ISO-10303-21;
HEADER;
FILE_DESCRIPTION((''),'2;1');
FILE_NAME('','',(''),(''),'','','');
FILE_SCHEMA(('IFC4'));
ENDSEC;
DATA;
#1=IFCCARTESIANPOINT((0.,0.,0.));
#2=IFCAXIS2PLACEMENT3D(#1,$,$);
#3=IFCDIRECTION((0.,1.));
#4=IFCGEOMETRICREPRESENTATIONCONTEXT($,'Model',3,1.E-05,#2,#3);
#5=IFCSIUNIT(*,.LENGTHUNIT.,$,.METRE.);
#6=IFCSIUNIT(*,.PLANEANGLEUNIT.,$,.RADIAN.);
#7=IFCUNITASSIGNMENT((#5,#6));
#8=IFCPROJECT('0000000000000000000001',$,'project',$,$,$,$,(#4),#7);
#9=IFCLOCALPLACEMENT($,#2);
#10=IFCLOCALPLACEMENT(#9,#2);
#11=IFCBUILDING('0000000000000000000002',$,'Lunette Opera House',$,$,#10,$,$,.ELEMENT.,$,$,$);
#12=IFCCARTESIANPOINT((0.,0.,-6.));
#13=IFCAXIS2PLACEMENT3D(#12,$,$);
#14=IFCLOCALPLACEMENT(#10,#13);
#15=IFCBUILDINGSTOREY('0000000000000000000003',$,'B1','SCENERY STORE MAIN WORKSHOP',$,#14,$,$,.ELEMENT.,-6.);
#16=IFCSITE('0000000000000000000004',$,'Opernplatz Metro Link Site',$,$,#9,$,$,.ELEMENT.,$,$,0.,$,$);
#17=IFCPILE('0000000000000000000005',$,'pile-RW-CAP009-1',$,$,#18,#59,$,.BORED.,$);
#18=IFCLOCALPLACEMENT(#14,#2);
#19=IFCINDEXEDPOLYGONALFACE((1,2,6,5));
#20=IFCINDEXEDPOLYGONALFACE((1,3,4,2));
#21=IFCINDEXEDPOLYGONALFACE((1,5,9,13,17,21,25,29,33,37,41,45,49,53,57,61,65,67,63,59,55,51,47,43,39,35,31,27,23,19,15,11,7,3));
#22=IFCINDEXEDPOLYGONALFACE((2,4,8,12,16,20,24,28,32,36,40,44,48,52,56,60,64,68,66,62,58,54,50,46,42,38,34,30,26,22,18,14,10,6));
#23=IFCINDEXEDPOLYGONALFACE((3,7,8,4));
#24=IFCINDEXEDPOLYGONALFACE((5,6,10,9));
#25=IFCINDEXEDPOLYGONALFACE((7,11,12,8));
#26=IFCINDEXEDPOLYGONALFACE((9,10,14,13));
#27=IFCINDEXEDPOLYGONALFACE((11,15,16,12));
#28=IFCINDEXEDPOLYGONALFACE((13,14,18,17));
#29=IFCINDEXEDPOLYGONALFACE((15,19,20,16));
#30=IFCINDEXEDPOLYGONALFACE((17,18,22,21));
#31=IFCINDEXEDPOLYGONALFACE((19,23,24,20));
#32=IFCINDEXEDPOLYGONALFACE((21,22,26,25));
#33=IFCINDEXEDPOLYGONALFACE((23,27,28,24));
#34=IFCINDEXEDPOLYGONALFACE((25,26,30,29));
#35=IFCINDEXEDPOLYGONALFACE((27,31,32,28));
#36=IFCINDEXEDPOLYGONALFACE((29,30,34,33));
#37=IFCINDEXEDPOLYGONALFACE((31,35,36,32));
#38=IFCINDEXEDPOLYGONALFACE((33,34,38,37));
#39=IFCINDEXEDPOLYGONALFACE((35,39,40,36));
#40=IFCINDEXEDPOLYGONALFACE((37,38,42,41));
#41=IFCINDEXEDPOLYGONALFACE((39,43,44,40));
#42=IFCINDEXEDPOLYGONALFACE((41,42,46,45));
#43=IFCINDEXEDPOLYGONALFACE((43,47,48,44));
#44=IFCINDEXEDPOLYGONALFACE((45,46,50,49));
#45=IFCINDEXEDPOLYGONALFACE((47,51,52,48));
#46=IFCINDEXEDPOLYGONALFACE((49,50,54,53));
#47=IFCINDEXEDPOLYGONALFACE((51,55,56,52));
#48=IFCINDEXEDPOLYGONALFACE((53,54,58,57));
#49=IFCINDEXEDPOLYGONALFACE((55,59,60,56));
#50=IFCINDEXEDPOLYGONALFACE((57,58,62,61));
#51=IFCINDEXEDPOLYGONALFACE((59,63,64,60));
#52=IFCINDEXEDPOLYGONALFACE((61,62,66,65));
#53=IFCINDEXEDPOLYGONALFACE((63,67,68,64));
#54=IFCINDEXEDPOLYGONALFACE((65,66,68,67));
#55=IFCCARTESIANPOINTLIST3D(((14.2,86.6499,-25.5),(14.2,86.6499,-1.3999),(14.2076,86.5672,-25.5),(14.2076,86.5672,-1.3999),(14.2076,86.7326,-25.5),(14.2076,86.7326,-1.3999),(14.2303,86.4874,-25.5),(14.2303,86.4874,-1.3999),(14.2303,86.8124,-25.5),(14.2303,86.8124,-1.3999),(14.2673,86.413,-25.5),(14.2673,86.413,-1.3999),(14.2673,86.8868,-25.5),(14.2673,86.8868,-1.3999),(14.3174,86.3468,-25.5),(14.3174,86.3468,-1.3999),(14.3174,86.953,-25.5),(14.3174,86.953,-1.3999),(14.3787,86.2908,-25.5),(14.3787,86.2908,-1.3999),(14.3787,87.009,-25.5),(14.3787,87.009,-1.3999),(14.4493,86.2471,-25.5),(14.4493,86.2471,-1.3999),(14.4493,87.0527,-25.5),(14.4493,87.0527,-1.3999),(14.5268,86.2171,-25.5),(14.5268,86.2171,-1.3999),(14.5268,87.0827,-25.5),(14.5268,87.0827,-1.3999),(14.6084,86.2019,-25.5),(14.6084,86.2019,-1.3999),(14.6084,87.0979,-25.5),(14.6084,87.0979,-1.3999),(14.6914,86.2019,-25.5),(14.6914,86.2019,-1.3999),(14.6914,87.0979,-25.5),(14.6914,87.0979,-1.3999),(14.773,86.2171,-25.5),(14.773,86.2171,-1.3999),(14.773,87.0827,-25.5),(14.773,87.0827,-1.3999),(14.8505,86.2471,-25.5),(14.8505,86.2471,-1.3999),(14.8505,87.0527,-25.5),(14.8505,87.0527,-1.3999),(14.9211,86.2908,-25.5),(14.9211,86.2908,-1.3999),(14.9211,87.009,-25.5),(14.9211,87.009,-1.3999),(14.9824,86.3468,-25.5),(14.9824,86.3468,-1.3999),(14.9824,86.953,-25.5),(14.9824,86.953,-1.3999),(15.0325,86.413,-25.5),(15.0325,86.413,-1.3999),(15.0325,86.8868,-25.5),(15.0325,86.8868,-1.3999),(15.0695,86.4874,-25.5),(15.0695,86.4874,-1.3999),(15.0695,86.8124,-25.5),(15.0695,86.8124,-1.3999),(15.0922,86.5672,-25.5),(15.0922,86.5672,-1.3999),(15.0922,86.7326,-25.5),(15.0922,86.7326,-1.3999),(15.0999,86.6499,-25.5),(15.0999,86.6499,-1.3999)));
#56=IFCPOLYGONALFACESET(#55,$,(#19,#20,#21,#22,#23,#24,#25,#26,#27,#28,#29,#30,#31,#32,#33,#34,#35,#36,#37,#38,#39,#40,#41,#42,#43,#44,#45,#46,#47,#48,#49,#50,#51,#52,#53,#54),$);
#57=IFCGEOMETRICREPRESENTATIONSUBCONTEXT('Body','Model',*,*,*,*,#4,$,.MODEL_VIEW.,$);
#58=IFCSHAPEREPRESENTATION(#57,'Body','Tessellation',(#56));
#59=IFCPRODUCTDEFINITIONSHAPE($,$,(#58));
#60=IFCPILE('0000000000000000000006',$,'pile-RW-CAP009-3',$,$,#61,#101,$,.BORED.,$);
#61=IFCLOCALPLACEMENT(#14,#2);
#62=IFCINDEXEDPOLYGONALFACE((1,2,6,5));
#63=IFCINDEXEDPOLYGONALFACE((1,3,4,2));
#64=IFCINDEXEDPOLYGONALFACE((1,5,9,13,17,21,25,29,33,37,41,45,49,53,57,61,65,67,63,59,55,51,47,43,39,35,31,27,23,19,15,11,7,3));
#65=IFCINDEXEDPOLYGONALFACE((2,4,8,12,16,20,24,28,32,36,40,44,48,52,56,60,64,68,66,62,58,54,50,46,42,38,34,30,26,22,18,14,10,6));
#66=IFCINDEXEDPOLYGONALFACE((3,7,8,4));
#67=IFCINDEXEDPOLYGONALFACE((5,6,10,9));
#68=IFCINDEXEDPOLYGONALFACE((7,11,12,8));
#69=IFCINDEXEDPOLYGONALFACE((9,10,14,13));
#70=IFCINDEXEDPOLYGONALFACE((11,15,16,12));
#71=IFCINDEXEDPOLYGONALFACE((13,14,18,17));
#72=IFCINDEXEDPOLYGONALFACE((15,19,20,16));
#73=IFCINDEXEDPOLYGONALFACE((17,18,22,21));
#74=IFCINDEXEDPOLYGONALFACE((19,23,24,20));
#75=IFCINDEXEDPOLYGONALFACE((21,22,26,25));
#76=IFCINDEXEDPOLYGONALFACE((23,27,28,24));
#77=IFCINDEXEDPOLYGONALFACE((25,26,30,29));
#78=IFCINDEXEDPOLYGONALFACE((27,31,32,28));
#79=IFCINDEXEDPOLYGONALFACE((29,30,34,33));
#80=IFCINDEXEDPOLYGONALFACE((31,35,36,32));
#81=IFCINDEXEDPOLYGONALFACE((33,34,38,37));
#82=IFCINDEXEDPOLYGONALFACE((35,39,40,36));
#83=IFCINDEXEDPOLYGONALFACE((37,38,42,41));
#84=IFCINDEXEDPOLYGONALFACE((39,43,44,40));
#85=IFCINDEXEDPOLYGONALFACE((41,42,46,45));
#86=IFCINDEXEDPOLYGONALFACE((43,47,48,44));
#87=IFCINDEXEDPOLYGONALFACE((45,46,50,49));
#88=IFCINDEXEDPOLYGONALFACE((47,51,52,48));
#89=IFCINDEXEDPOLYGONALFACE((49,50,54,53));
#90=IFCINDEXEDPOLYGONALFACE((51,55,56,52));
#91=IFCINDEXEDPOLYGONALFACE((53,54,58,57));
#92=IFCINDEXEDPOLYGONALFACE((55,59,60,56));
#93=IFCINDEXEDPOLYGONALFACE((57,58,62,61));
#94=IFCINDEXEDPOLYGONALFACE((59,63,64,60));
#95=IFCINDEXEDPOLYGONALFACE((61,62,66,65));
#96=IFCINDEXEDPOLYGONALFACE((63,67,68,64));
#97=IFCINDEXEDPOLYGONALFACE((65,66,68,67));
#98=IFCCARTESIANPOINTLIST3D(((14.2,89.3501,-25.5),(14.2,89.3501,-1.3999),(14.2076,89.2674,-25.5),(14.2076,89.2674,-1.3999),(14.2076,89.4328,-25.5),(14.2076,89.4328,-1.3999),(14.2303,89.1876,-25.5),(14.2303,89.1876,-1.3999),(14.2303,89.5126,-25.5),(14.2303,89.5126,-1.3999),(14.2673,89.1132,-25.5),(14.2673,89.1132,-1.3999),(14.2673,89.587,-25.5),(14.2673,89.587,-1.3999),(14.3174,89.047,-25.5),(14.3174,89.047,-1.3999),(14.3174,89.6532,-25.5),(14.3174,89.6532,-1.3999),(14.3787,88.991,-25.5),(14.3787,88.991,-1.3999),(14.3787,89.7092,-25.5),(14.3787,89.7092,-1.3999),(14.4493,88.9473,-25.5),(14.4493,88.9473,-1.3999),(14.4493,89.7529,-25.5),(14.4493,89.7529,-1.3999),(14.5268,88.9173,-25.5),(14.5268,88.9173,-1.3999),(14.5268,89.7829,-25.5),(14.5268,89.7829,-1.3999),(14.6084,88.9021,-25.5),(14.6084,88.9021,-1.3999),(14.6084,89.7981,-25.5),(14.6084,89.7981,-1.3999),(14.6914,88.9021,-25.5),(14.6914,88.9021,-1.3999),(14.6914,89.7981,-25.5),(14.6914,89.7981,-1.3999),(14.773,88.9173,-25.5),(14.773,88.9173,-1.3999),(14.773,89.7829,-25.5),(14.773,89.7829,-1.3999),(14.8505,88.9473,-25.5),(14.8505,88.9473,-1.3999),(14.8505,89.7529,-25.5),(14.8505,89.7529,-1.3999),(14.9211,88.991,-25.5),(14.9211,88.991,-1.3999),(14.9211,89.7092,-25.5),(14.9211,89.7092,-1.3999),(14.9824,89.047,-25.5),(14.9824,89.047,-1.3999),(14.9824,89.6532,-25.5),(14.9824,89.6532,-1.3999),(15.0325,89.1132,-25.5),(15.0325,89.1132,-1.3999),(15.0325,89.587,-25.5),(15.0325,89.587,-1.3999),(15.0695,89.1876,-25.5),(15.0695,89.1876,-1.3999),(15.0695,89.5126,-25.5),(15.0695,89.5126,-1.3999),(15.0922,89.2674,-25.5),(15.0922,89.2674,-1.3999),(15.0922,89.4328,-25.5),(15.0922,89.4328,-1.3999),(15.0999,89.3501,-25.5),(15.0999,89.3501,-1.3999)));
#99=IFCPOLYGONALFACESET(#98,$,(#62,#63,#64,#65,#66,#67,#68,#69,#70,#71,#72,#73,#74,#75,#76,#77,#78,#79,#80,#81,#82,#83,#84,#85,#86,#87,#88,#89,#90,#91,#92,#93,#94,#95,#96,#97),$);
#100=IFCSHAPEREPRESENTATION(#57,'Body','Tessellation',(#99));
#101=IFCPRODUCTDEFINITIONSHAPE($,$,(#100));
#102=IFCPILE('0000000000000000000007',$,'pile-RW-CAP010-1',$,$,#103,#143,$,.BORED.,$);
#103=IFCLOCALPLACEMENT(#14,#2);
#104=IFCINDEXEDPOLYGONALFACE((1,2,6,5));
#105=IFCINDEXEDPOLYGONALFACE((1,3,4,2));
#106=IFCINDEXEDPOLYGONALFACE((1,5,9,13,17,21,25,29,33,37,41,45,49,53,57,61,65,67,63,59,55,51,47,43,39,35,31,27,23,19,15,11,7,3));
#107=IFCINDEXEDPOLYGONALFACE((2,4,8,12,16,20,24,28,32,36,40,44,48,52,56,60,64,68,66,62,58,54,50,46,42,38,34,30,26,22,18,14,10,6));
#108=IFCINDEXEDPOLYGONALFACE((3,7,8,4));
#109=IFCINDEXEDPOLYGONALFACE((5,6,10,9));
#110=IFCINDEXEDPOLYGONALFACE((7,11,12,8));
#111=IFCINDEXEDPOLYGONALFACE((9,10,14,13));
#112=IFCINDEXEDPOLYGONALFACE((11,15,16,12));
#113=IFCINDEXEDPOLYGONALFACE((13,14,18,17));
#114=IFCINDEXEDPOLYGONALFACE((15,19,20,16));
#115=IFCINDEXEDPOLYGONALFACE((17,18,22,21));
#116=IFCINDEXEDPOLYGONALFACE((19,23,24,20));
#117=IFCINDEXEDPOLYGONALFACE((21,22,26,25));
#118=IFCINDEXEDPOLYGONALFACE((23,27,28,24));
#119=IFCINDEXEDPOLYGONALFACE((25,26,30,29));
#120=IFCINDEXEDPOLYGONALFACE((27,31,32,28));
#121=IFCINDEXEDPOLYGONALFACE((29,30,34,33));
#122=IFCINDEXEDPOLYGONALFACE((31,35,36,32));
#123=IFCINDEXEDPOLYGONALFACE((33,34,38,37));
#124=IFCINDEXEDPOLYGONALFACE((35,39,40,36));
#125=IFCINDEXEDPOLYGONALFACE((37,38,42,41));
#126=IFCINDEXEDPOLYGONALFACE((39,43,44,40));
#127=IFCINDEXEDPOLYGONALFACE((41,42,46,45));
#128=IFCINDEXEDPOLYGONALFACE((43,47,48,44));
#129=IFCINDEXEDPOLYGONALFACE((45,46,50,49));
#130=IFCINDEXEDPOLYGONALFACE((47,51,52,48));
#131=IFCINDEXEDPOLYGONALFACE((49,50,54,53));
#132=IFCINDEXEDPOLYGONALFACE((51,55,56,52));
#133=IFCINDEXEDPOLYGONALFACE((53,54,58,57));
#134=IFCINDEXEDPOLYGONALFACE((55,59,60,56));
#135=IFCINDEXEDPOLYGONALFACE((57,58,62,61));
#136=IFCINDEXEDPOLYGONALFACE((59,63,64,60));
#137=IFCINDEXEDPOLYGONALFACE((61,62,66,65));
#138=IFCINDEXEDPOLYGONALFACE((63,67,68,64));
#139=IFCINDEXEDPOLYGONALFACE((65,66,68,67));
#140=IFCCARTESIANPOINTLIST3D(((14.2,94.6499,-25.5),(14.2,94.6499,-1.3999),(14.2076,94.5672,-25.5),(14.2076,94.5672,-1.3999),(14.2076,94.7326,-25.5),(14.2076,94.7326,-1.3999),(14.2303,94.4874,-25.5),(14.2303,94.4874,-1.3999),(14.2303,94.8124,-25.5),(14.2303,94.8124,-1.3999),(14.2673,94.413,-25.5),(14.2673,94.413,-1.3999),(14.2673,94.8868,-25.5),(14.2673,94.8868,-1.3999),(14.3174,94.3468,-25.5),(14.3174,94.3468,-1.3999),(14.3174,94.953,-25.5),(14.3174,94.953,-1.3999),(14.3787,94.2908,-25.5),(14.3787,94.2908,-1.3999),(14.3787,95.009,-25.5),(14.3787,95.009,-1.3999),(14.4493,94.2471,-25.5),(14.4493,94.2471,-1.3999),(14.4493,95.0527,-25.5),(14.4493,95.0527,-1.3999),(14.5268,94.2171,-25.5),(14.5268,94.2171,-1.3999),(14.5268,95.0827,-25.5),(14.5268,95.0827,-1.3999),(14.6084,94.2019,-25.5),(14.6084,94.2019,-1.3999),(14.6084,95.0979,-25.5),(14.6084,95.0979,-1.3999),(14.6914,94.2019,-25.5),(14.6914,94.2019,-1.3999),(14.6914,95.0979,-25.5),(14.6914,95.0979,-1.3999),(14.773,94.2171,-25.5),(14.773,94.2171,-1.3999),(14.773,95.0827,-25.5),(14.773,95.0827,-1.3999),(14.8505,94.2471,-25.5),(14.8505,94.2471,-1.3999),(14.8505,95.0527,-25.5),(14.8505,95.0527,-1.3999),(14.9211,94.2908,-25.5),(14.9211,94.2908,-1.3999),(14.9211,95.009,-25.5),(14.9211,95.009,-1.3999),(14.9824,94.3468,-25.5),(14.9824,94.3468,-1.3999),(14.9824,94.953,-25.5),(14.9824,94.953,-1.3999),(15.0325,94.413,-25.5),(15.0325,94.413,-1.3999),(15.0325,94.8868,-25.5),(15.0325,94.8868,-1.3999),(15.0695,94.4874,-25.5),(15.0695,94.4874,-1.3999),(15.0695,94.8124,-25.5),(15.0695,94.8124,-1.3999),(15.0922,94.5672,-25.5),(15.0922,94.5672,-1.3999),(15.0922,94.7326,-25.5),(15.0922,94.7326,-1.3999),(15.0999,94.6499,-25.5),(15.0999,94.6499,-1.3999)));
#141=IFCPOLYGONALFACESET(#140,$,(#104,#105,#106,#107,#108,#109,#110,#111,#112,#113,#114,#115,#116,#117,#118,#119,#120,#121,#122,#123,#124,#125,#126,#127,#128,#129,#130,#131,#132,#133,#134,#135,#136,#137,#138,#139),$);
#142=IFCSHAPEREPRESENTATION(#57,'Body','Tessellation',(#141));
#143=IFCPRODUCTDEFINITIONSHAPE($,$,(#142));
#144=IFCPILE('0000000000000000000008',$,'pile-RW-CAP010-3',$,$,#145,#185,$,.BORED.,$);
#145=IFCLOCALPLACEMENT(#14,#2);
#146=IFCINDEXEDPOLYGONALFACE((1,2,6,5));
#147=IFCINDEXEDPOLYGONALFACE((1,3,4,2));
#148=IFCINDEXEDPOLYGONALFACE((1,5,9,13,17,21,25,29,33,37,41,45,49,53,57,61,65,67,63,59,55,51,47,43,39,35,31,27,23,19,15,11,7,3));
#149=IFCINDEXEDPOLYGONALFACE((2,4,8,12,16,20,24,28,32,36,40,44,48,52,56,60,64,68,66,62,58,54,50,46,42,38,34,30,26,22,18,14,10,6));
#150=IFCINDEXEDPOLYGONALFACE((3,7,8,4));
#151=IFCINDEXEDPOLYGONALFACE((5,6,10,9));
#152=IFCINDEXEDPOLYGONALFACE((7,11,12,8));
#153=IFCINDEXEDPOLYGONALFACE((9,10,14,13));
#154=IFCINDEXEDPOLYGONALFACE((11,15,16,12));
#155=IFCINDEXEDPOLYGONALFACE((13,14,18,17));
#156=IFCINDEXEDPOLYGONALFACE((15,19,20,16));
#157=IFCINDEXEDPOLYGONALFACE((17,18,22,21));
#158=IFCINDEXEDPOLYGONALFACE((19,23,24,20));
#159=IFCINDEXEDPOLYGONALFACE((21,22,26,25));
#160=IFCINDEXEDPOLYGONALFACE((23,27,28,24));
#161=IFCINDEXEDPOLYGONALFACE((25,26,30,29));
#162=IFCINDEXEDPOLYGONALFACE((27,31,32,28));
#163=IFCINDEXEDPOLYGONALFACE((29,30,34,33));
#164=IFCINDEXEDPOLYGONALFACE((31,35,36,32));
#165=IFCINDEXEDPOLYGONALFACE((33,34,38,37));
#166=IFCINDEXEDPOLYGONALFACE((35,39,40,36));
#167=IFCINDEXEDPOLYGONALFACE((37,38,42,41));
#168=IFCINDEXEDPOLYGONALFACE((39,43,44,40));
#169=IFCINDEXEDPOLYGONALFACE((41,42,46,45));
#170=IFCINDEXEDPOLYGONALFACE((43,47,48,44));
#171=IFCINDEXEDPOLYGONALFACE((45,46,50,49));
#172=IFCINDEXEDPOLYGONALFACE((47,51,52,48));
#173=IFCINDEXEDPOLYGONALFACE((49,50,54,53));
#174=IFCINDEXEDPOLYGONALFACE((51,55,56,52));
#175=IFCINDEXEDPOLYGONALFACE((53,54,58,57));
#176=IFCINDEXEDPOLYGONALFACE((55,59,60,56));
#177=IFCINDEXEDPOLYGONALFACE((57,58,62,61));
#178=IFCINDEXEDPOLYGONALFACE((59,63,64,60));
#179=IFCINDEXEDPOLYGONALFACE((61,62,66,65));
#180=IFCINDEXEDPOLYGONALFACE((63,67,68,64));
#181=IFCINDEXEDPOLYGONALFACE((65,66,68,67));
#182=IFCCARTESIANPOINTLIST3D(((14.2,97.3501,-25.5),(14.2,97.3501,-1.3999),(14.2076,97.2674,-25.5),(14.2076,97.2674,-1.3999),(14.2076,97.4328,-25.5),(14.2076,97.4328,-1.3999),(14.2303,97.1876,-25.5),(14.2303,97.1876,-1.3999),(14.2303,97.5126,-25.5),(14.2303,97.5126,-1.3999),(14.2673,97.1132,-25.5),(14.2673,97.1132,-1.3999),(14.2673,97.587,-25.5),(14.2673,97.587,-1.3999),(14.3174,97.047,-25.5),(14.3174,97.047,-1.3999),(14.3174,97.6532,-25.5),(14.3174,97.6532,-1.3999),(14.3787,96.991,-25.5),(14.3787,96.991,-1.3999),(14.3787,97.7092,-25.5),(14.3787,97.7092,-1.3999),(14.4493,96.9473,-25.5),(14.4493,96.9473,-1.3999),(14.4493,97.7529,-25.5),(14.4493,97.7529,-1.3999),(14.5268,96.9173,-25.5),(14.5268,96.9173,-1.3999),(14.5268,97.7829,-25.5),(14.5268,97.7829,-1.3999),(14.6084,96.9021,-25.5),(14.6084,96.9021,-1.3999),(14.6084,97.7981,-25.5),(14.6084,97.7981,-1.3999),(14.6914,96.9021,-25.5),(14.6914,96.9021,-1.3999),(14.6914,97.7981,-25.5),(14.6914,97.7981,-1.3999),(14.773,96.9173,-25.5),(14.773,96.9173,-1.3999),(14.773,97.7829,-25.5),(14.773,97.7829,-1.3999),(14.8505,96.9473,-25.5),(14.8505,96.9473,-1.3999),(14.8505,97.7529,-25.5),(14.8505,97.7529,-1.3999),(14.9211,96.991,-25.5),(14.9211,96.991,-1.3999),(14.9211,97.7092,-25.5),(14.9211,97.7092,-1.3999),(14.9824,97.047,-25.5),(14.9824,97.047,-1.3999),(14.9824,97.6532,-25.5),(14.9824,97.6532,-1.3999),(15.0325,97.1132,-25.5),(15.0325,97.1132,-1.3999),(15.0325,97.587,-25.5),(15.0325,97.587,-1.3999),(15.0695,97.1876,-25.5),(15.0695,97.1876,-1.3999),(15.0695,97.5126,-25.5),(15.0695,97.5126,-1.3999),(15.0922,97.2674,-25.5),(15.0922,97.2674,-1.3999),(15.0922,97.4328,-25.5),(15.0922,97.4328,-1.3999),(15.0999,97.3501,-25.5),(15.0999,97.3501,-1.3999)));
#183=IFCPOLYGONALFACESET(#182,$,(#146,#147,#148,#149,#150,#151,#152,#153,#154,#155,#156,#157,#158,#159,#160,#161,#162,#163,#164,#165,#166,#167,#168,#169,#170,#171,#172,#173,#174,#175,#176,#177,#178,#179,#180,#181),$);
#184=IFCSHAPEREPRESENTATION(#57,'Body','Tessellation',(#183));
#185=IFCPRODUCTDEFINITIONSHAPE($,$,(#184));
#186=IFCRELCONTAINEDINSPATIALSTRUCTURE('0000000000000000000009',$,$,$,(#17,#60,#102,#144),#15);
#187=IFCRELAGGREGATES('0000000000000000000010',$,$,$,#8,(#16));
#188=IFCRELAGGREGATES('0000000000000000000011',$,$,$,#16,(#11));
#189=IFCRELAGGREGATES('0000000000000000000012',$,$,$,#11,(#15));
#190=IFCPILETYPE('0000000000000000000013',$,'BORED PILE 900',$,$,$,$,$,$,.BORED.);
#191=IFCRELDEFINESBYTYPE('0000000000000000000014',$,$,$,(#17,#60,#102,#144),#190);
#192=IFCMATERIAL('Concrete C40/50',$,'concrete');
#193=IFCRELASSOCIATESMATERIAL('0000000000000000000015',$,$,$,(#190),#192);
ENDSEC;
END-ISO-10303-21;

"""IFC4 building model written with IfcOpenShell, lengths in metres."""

from ifc_helpers import new_model, si_unit, direction, frame, origin, origin_2d, place, context, subcontext, project, spatial, circle, extrude, material, material_profile, profile_set, type_object, element, save


model = new_model("IFC4")

# Units and contexts
model_context = context("Model", 3, precision=1e-05, world=origin(), true_north=direction((0.0, 1.0)))
body_context = subcontext(model_context, "Body", "Model", "MODEL_VIEW")
ifc_project = project(units=[si_unit("LENGTHUNIT", "METRE"), si_unit("PLANEANGLEUNIT", "RADIAN")], contexts=[model_context])

# Site, building, storey
site_placement = place(None, origin())
site = spatial("IfcSite", under=ifc_project, at=site_placement, Name="Opernplatz Metro Link Site", CompositionType="ELEMENT", RefElevation=0.0)
building_placement = place(site_placement, origin())
building = spatial("IfcBuilding", under=site, at=building_placement, Name="Lunette Opera House", CompositionType="ELEMENT")
storey_placement = place(building_placement, frame((0.0, 0.0, -6.0)))
storey = spatial("IfcBuildingStorey", under=building, at=storey_placement, Name="B1", Description="SCENERY STORE MAIN WORKSHOP", CompositionType="ELEMENT", Elevation=-6.0)

# Piles
ifc_material_1 = material(Name="Concrete C40/50", Category="concrete")
ifc_material_profile_1 = material_profile(ifc_material_1, circle(Radius=0.45, at=origin_2d()), Name="BORED PILE 900")
ifc_profile_set_1 = profile_set([ifc_material_profile_1], Name="Concrete C40/50")
pile_type = type_object("IfcPileType", Name="BORED PILE 900", PredefinedType="BORED", material=ifc_profile_set_1)
for number, where, z_axis, x_axis, name in (
    (1, (14.6499, 86.6499, -1.3999), (0.0, 0.0, -1.0), (1.0, 0.0, 0.0), "pile-RW-CAP009-1"),
    (2, (14.6499, 89.3501, -1.3999), (0.0, 0.0, -1.0), (1.0, 0.0, 0.0), "pile-RW-CAP009-3"),
    (3, (14.6499, 94.6499, -1.3999), (0.0, 0.0, -1.0), (1.0, 0.0, 0.0), "pile-RW-CAP010-1"),
    (4, (14.6499, 97.3501, -1.3999), (0.0, 0.0, -1.0), (1.0, 0.0, 0.0), "pile-RW-CAP010-3"),
):
    element("IfcPile", number, at=place(storey_placement, frame(where, z_axis=z_axis, x_axis=x_axis)), inside=storey, type_object=pile_type, Name=name, PredefinedType="BORED", context=body_context, shape_type="SweptSolid", body=[
        extrude(circle(Radius=0.45, at=origin_2d()), origin(), (0.0, 0.0, 1.0), 24.1001),
    ])

save(model, "model.ifc")
